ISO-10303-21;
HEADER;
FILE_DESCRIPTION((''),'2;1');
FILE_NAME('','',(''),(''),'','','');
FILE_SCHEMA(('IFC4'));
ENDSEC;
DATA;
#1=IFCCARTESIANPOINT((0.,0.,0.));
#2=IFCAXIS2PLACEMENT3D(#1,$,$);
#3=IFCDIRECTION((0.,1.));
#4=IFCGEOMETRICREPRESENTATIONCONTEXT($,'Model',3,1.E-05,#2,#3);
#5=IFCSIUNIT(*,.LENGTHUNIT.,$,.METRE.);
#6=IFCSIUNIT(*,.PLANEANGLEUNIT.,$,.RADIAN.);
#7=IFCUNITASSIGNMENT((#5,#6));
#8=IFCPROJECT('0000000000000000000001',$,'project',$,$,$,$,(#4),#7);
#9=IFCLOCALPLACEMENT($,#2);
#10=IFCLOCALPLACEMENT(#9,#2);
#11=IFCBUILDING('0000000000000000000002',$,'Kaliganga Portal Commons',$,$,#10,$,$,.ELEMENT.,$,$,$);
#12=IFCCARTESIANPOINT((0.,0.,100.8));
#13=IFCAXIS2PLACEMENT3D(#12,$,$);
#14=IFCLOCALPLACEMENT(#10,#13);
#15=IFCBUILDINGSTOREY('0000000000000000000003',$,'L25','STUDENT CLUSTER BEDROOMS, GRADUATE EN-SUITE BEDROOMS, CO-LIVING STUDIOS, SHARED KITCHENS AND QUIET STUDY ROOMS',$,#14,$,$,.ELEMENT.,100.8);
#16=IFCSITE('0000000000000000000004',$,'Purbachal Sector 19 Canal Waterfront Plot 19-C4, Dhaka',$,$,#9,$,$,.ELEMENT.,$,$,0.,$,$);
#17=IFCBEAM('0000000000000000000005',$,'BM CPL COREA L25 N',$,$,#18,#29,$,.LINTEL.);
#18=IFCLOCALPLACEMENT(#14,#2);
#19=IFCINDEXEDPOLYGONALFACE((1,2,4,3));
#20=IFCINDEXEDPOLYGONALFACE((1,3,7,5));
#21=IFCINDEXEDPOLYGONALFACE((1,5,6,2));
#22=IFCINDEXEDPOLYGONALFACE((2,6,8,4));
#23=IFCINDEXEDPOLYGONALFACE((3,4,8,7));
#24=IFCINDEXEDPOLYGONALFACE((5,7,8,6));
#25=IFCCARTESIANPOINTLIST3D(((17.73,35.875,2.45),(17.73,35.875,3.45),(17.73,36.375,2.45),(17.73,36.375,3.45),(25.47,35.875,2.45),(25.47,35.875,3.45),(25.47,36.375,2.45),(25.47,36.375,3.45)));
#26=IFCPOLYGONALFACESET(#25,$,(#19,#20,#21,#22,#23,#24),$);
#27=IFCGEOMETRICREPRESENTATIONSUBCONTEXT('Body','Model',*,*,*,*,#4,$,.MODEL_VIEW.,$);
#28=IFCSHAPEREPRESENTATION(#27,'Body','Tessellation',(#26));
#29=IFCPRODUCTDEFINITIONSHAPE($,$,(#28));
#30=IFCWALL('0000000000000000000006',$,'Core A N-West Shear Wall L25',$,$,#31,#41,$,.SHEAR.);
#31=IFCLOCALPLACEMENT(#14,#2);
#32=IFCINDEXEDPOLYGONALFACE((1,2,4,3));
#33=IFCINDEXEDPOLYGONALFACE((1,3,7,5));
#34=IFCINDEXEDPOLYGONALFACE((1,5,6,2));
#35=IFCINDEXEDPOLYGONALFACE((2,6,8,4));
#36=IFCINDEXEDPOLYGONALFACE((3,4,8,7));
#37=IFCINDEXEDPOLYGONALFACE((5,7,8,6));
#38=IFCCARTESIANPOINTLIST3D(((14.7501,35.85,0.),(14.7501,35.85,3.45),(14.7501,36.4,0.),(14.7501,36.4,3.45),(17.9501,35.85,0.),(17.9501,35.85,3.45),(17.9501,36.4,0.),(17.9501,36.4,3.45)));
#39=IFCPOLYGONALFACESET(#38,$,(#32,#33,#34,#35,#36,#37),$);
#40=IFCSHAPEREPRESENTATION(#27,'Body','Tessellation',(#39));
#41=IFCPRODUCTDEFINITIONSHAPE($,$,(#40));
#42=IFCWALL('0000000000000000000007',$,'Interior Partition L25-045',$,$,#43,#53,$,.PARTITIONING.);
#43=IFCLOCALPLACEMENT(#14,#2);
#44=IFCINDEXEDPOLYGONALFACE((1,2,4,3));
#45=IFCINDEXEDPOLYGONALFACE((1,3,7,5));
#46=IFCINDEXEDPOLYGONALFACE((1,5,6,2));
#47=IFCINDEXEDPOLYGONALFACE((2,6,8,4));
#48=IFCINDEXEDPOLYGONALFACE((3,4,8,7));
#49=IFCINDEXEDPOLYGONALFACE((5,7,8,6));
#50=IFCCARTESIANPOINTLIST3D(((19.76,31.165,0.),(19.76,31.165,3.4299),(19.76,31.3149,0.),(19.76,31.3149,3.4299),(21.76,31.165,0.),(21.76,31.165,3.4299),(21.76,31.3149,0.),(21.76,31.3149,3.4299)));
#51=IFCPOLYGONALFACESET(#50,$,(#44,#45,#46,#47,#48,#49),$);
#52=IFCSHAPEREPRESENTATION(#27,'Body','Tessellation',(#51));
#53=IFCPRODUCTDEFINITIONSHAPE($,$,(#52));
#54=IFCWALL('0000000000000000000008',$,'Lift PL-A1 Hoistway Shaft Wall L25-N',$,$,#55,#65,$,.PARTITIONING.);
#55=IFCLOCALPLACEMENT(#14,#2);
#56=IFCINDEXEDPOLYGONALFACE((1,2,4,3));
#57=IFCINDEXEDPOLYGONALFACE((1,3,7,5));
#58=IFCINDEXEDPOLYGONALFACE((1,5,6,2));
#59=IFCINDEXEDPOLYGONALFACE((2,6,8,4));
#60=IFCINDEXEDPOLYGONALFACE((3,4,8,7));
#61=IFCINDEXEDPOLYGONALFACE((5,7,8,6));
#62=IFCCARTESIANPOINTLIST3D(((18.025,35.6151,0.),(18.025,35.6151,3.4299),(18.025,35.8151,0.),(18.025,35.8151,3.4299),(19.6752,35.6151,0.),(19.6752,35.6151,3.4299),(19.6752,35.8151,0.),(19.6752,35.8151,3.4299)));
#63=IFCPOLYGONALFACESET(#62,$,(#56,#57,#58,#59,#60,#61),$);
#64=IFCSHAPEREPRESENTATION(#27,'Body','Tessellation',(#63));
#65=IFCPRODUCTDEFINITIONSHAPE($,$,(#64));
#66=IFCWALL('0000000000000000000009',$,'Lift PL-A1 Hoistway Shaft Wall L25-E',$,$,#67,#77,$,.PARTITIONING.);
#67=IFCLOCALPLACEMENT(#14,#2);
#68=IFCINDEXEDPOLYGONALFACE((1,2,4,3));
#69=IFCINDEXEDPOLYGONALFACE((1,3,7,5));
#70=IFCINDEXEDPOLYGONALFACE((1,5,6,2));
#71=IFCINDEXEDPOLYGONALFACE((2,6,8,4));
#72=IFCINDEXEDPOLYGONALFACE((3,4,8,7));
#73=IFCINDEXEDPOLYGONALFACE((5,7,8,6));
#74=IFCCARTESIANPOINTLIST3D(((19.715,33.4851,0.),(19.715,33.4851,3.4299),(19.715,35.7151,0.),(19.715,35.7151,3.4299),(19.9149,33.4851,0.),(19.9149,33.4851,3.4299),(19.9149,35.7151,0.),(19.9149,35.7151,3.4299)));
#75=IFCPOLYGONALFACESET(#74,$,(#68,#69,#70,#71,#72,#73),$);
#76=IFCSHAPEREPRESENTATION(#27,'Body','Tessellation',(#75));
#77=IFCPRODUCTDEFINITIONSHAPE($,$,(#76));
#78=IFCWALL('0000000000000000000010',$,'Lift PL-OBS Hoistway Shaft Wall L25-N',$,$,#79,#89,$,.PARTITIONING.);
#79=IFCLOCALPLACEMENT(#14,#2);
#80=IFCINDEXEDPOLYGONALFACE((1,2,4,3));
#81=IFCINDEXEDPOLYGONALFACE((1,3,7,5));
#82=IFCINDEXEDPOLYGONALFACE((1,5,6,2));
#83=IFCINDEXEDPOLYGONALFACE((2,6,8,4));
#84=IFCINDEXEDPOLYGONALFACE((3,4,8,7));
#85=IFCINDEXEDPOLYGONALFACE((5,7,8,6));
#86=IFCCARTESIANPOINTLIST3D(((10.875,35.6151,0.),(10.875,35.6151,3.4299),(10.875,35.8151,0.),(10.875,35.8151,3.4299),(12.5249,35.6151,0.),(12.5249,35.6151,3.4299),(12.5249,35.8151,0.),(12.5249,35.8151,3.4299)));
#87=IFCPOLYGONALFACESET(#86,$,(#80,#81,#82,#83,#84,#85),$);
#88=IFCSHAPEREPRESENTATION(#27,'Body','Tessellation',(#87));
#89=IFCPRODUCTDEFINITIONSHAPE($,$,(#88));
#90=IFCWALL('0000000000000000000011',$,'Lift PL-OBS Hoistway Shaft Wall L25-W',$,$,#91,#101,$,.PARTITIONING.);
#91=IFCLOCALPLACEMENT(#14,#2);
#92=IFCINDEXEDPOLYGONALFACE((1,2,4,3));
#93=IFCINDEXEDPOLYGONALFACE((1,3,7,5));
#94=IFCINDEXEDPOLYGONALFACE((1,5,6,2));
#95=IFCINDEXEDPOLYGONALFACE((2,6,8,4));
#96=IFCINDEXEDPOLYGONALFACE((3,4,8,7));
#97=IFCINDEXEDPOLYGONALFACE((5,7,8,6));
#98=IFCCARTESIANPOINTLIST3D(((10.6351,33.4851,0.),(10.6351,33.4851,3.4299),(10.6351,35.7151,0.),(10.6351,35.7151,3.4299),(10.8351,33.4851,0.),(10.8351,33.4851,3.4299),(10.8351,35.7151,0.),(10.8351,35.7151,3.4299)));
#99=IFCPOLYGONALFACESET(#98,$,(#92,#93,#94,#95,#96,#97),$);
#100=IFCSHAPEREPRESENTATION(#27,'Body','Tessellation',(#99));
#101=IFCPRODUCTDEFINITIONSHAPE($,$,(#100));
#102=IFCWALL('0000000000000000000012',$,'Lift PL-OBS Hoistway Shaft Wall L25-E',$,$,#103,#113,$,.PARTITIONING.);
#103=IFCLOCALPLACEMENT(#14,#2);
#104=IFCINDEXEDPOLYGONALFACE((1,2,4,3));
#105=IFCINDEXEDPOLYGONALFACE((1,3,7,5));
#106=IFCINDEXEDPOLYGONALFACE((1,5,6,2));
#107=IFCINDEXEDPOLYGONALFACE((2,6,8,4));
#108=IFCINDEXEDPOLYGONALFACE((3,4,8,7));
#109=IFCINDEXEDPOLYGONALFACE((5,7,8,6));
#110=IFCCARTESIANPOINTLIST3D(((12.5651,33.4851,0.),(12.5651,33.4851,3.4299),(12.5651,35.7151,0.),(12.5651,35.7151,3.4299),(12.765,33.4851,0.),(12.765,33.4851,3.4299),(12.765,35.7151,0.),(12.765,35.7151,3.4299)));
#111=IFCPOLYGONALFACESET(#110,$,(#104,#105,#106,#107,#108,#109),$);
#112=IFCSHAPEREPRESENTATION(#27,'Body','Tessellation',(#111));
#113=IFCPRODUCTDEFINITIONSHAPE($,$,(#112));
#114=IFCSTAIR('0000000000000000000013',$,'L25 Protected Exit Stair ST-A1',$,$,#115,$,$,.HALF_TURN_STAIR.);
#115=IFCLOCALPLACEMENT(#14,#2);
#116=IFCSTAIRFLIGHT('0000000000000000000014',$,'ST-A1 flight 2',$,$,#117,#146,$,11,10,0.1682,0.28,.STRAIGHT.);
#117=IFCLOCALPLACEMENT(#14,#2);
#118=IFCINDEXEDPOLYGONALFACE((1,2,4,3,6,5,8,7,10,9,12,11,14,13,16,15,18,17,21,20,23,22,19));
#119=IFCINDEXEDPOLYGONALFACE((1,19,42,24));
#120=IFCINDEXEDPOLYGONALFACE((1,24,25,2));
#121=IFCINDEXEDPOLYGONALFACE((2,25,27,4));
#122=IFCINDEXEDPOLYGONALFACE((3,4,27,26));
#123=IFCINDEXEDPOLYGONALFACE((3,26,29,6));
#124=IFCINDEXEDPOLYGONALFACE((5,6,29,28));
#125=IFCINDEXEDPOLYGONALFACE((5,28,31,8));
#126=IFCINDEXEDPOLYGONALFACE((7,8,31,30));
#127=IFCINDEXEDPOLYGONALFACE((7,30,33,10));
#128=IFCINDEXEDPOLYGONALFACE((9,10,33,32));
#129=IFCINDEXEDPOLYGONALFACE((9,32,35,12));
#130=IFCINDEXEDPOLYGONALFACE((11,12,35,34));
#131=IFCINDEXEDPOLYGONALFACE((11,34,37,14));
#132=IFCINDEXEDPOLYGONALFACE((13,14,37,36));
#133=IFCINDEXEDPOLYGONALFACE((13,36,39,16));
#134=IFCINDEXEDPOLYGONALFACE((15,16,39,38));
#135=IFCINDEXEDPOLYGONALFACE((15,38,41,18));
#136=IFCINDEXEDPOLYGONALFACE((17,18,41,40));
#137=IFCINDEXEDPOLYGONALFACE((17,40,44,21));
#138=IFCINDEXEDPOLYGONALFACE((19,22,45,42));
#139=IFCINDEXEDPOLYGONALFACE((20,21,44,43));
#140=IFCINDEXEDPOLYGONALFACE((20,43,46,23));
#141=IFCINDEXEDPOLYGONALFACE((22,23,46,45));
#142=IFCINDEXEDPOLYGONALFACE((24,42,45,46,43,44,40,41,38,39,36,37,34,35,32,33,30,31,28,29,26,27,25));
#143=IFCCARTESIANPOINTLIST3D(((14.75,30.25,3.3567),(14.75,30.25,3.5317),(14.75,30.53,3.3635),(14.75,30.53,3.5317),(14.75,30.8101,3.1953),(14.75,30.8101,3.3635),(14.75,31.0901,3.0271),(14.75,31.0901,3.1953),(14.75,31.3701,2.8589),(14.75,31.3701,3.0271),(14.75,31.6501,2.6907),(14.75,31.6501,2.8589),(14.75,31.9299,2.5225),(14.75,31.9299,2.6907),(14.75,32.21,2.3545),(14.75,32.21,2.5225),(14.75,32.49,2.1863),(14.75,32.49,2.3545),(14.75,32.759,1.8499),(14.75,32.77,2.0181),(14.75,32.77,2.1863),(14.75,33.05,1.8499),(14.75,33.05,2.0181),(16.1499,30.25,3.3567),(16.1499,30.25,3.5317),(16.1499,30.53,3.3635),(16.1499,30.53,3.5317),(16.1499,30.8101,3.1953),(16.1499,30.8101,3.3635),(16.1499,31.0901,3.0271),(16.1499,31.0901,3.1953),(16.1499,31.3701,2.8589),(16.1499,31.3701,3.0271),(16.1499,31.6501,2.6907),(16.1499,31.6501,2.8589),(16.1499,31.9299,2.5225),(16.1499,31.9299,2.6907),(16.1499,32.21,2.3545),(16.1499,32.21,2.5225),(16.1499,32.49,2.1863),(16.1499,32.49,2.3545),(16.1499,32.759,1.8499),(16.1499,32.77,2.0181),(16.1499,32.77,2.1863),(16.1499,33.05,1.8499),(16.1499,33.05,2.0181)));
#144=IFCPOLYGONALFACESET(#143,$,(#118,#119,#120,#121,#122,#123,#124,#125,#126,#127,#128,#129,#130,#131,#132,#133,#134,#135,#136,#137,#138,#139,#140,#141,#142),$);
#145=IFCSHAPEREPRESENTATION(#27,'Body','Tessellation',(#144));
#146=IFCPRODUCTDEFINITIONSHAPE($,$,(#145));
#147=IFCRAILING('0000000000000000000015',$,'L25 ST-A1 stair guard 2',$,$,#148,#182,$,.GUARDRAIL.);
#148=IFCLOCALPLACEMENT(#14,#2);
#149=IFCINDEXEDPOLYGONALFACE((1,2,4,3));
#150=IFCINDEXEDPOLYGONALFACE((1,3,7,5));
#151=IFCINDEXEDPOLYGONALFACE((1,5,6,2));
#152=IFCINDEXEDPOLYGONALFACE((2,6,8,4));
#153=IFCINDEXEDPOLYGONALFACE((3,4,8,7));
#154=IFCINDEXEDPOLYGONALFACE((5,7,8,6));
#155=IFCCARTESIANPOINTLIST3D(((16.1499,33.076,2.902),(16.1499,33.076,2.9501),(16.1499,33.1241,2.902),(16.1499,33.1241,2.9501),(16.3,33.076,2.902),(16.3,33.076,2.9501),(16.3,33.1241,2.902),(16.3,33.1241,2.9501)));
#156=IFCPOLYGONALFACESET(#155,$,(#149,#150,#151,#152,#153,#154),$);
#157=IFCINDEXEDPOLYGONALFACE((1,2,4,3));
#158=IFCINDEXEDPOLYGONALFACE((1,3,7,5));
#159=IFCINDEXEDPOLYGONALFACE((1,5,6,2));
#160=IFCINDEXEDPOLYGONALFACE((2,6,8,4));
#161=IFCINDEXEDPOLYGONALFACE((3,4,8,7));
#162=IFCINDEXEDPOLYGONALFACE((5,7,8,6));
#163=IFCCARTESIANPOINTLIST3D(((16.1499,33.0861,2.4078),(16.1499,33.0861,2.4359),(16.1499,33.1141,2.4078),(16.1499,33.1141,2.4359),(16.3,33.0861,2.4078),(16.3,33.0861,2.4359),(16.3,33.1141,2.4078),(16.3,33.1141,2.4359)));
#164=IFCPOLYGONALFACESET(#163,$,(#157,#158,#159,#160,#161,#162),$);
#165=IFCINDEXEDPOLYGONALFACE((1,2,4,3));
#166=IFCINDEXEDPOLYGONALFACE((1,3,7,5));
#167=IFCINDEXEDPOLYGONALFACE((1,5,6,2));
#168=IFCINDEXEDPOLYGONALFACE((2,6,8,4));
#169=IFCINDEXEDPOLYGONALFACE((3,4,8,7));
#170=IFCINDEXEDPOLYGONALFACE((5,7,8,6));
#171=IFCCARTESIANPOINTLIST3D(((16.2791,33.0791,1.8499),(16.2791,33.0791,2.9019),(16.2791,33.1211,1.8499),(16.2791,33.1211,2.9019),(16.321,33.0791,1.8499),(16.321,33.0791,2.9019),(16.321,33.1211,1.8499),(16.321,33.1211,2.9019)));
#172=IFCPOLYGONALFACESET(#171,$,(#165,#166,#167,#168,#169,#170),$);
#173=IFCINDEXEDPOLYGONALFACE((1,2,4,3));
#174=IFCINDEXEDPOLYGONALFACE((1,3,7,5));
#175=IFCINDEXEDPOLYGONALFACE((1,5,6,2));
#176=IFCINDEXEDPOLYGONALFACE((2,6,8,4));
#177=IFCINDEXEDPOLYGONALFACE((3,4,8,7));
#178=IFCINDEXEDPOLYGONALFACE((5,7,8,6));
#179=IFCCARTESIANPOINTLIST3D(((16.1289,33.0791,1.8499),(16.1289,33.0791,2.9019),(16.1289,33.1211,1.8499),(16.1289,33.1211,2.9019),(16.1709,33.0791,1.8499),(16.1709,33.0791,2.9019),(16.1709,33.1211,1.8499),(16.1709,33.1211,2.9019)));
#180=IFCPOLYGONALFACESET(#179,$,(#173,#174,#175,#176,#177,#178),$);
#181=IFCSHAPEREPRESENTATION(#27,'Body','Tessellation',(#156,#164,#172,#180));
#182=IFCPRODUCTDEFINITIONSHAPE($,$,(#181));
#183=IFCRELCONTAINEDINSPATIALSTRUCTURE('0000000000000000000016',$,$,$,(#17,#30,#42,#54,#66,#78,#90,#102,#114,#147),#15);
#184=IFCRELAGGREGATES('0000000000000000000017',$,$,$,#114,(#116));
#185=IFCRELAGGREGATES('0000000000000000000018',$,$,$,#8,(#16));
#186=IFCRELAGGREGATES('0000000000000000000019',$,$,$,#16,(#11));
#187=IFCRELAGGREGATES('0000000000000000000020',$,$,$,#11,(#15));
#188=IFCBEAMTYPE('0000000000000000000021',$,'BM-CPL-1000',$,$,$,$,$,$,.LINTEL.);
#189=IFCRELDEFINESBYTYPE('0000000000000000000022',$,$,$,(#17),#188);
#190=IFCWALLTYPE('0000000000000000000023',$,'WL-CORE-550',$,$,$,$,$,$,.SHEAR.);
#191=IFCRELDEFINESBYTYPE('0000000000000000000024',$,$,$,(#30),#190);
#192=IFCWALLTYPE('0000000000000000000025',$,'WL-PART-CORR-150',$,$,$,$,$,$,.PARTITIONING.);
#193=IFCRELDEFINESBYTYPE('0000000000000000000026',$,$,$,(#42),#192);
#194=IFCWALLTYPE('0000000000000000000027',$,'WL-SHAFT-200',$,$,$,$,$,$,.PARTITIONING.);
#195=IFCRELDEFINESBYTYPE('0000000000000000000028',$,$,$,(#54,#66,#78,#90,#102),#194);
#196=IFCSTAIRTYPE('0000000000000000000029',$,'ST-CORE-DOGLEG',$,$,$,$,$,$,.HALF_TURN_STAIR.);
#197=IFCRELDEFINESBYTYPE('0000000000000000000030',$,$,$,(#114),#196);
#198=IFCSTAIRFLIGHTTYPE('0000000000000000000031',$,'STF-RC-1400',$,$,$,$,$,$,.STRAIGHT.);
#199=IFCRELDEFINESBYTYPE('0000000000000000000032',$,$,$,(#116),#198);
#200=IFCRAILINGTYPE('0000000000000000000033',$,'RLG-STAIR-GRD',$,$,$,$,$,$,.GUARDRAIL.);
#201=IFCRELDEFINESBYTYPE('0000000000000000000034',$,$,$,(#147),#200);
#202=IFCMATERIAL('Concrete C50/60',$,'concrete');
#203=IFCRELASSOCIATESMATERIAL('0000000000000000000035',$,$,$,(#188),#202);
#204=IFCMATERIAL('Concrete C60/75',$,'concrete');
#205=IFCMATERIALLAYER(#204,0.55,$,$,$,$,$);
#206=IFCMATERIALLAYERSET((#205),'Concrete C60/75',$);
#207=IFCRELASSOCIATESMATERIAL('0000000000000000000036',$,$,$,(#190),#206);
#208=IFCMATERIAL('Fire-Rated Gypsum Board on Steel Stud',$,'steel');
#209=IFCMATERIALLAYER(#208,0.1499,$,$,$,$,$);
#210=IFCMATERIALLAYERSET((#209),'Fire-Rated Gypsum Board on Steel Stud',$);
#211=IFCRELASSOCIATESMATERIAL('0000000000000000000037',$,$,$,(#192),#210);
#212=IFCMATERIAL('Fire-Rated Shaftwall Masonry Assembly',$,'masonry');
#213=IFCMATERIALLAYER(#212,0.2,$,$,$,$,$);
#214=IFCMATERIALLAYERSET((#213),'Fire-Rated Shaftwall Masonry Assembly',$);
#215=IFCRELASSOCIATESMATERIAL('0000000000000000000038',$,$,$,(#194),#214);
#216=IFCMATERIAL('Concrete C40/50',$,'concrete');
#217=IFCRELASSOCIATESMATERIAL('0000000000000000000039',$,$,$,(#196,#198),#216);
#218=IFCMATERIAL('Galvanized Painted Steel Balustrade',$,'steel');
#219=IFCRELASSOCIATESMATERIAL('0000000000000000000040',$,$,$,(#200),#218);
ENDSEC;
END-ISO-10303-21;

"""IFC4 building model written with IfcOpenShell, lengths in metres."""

from ifc_helpers import new_model, si_unit, direction, frame, frame_2d, origin, origin_2d, place, context, subcontext, project, spatial, polyline, rectangle, outline, extrude, source, transform, mapped, material, layer, layer_set, material_profile, profile_set, type_object, element, aggregate, save


model = new_model("IFC4")

# Units and contexts
model_context = context("Model", 3, precision=1e-05, world=origin(), true_north=direction((0.0, 1.0)))
body_context = subcontext(model_context, "Body", "Model", "MODEL_VIEW")
ifc_project = project(units=[si_unit("LENGTHUNIT", "METRE"), si_unit("PLANEANGLEUNIT", "RADIAN")], contexts=[model_context])

# Site, building, storey
site_placement = place(None, origin())
site = spatial("IfcSite", under=ifc_project, at=site_placement, Name="Purbachal Sector 19 Canal Waterfront Plot 19-C4, Dhaka", CompositionType="ELEMENT", RefElevation=0.0)
building_placement = place(site_placement, origin())
building = spatial("IfcBuilding", under=site, at=building_placement, Name="Kaliganga Portal Commons", CompositionType="ELEMENT")
storey_placement = place(building_placement, frame((0.0, 0.0, 100.8)))
storey = spatial("IfcBuildingStorey", under=building, at=storey_placement, Name="L25", Description="STUDENT CLUSTER BEDROOMS, GRADUATE EN-SUITE BEDROOMS, CO-LIVING STUDIOS, SHARED KITCHENS AND QUIET STUDY ROOMS", CompositionType="ELEMENT", Elevation=100.8)

# Beam
ifc_material_1 = material(Name="Concrete C50/60", Category="concrete")
ifc_material_profile = material_profile(ifc_material_1, rectangle(XDim=0.5, YDim=1.0, at=origin_2d()), Name="RC 500x1000")
ifc_profile_set = profile_set([ifc_material_profile], Name="Concrete C50/60")
beam_type = type_object("IfcBeamType", Name="BM-CPL-1000", PredefinedType="LINTEL", material=ifc_profile_set)
shared_shape_1 = source(origin(), body_context, "Body", "SweptSolid", [
    extrude(rectangle(XDim=0.5, YDim=1.0, at=origin_2d()), origin(), (0.0, 0.0, 1.0), 7.74),
])
beam_placement = place(storey_placement, frame((17.73, 36.125, 2.95), z_axis=(1.0, 0.0, 0.0), x_axis=(0.0, 1.0, 0.0)))
element("IfcBeam", 1, at=beam_placement, inside=storey, type_object=beam_type, Name="BM CPL COREA L25 N", PredefinedType="LINTEL", context=body_context, shape_type="MappedRepresentation", body=[
    mapped(shared_shape_1, transform((0.0, 0.0, 0.0), x_axis=(1.0, 0.0, 0.0), y_axis=(0.0, 1.0, 0.0), z_axis=(0.0, 0.0, 1.0), scale=1.0)),
])

# Walls
ifc_material_2 = material(Name="Concrete C60/75", Category="concrete")
ifc_layer_1 = layer(ifc_material_2, 0.55)
ifc_layer_set_1 = layer_set([ifc_layer_1], Name="Concrete C60/75")
wall_type_1 = type_object("IfcWallType", Name="WL-CORE-550", PredefinedType="SHEAR", material=ifc_layer_set_1)
wall_1_placement = place(storey_placement, frame((14.75, 36.125, 0.0), z_axis=(0.0, 0.0, 1.0), x_axis=(1.0, 0.0, 0.0)))
element("IfcWall", 2, at=wall_1_placement, inside=storey, type_object=wall_type_1, Name="Core A N-West Shear Wall L25", PredefinedType="SHEAR", context=body_context, shape_type="SweptSolid", body=[
    extrude(rectangle(XDim=3.2, YDim=0.55, at=frame_2d((1.6001, 0.0))), origin(), (0.0, 0.0, 1.0), 3.45),
])
ifc_material_3 = material(Name="Fire-Rated Gypsum Board on Steel Stud", Category="steel")
ifc_layer_2 = layer(ifc_material_3, 0.1499)
ifc_layer_set_2 = layer_set([ifc_layer_2], Name="Fire-Rated Gypsum Board on Steel Stud")
wall_type_2 = type_object("IfcWallType", Name="WL-PART-CORR-150", PredefinedType="PARTITIONING", material=ifc_layer_set_2)
wall_2_placement = place(storey_placement, frame((19.76, 31.24, 0.0), z_axis=(0.0, 0.0, 1.0), x_axis=(1.0, 0.0, 0.0)))
element("IfcWall", 3, at=wall_2_placement, inside=storey, type_object=wall_type_2, Name="Interior Partition L25-045", PredefinedType="PARTITIONING", context=body_context, shape_type="SweptSolid", body=[
    extrude(rectangle(XDim=2.0, YDim=0.1499, at=frame_2d((1.0, 0.0))), origin(), (0.0, 0.0, 1.0), 3.4299),
])

# Shared definitions
ifc_material_4 = material(Name="Fire-Rated Shaftwall Masonry Assembly", Category="masonry")
ifc_layer_3 = layer(ifc_material_4, 0.2)
ifc_layer_set_3 = layer_set([ifc_layer_3], Name="Fire-Rated Shaftwall Masonry Assembly")
wall_type_3 = type_object("IfcWallType", Name="WL-SHAFT-200", PredefinedType="PARTITIONING", material=ifc_layer_set_3)

# Walls
wall_3_placement = place(storey_placement, frame((18.0249, 35.7151, 0.0), z_axis=(0.0, 0.0, 1.0), x_axis=(1.0, 0.0, 0.0)))
element("IfcWall", 4, at=wall_3_placement, inside=storey, type_object=wall_type_3, Name="Lift PL-A1 Hoistway Shaft Wall L25-N", PredefinedType="PARTITIONING", context=body_context, shape_type="SweptSolid", body=[
    extrude(rectangle(XDim=1.6501, YDim=0.2, at=frame_2d((0.8252, 0.0))), origin(), (0.0, 0.0, 1.0), 3.4299),
])
wall_4_placement = place(storey_placement, frame((19.8149, 33.4851, 0.0), z_axis=(0.0, 0.0, 1.0), x_axis=(0.0, 1.0, 0.0)))
element("IfcWall", 5, at=wall_4_placement, inside=storey, type_object=wall_type_3, Name="Lift PL-A1 Hoistway Shaft Wall L25-E", PredefinedType="PARTITIONING", context=body_context, shape_type="SweptSolid", body=[
    extrude(rectangle(XDim=2.23, YDim=0.2, at=frame_2d((1.115, 0.0))), origin(), (0.0, 0.0, 1.0), 3.4299),
])

# Walls
wall_5_placement = place(storey_placement, frame((10.875, 35.7151, 0.0), z_axis=(0.0, 0.0, 1.0), x_axis=(1.0, 0.0, 0.0)))
element("IfcWall", 6, at=wall_5_placement, inside=storey, type_object=wall_type_3, Name="Lift PL-OBS Hoistway Shaft Wall L25-N", PredefinedType="PARTITIONING", context=body_context, shape_type="SweptSolid", body=[
    extrude(rectangle(XDim=1.6499, YDim=0.2, at=frame_2d((0.825, 0.0))), origin(), (0.0, 0.0, 1.0), 3.4299),
])
for number, where, z_axis, x_axis, name in (
    (7, (10.7351, 33.4851, 0.0), (0.0, 0.0, 1.0), (0.0, 1.0, 0.0), "Lift PL-OBS Hoistway Shaft Wall L25-W"),
    (8, (12.665, 33.4851, 0.0), (0.0, 0.0, 1.0), (0.0, 1.0, 0.0), "Lift PL-OBS Hoistway Shaft Wall L25-E"),
):
    element("IfcWall", number, at=place(storey_placement, frame(where, z_axis=z_axis, x_axis=x_axis)), inside=storey, type_object=wall_type_3, Name=name, PredefinedType="PARTITIONING", context=body_context, shape_type="SweptSolid", body=[
        extrude(rectangle(XDim=2.23, YDim=0.2, at=frame_2d((1.115, 0.0))), origin(), (0.0, 0.0, 1.0), 3.4299),
    ])

# Stair, stair flight
ifc_material_5 = material(Name="Concrete C40/50", Category="concrete")
stair_type = type_object("IfcStairType", Name="ST-CORE-DOGLEG", PredefinedType="HALF_TURN_STAIR", material=ifc_material_5)
stair_placement = place(storey_placement, origin())
stair = element("IfcStair", 9, at=stair_placement, inside=storey, type_object=stair_type, Name="L25 Protected Exit Stair ST-A1", PredefinedType="HALF_TURN_STAIR")
stair_flight_type = type_object("IfcStairFlightType", Name="STF-RC-1400", PredefinedType="STRAIGHT", material=ifc_material_5)
stair_flight_placement = place(storey_placement, frame((15.45, 33.05, 1.8499), z_axis=(0.0, 0.0, 1.0), x_axis=(0.0, -1.0, 0.0)))
stair_flight = element("IfcStairFlight", 10, at=stair_flight_placement, type_object=stair_flight_type, Name="ST-A1 flight 2", NumberOfRisers=11, NumberOfTreads=10, PredefinedType="STRAIGHT", RiserHeight=0.1682, TreadLength=0.28, context=body_context, shape_type="SweptSolid", body=[
    extrude(outline(polyline([(0.0, 0.0), (0.0, 0.1682), (0.28, 0.1682), (0.28, 0.3364), (0.5601, 0.3364), (0.5601, 0.5046), (0.8401, 0.5046), (0.8401, 0.6726), (1.1201, 0.6726), (1.1201, 0.8408), (1.3999, 0.8408), (1.3999, 1.009), (1.6799, 1.009), (1.6799, 1.1772), (1.96, 1.1772), (1.96, 1.3455), (2.24, 1.3455), (2.24, 1.5137), (2.52, 1.5137), (2.52, 1.6819), (2.8, 1.6819), (2.8, 1.8501), (2.8, 1.5068), (0.291, 0.0), (0.0, 0.0)])), frame((0.0, 0.7, 0.0), z_axis=(0.0, -1.0, 0.0), x_axis=(1.0, 0.0, 0.0)), (0.0, 0.0, 1.0), 1.3999),
])
aggregate(stair, [stair_flight])

# Railing
ifc_material_6 = material(Name="Galvanized Painted Steel Balustrade", Category="steel")
railing_type_1 = type_object("IfcRailingType", Name="RLG-STAIR-GRD", PredefinedType="GUARDRAIL", material=ifc_material_6)
railing_1_placement = place(storey_placement, frame((16.3, 33.1001, 1.8499)))
element("IfcRailing", 11, at=railing_1_placement, inside=storey, type_object=railing_type_1, Name="L25 ST-A1 stair guard 2", PredefinedType="GUARDRAIL", context=body_context, shape_type="SweptSolid", body=[
    extrude(rectangle(XDim=0.0481, YDim=0.0481, at=origin_2d()), frame((0.0, 0.0, 1.0762), z_axis=(-1.0, 0.0, 0.0), x_axis=(0.0, -1.0, 0.0)), (0.0, 0.0, 1.0), 0.1501),
    extrude(rectangle(XDim=0.0281, YDim=0.0281, at=origin_2d()), frame((0.0, 0.0, 0.572), z_axis=(-1.0, 0.0, 0.0), x_axis=(0.0, -1.0, 0.0)), (0.0, 0.0, 1.0), 0.1501),
    extrude(rectangle(XDim=0.042, YDim=0.042, at=origin_2d()), origin(), (0.0, 0.0, 1.0), 1.052),
    extrude(rectangle(XDim=0.042, YDim=0.042, at=origin_2d()), frame((-0.1501, 0.0, 0.0)), (0.0, 0.0, 1.0), 1.052),
])

save(model, "model.ifc")
